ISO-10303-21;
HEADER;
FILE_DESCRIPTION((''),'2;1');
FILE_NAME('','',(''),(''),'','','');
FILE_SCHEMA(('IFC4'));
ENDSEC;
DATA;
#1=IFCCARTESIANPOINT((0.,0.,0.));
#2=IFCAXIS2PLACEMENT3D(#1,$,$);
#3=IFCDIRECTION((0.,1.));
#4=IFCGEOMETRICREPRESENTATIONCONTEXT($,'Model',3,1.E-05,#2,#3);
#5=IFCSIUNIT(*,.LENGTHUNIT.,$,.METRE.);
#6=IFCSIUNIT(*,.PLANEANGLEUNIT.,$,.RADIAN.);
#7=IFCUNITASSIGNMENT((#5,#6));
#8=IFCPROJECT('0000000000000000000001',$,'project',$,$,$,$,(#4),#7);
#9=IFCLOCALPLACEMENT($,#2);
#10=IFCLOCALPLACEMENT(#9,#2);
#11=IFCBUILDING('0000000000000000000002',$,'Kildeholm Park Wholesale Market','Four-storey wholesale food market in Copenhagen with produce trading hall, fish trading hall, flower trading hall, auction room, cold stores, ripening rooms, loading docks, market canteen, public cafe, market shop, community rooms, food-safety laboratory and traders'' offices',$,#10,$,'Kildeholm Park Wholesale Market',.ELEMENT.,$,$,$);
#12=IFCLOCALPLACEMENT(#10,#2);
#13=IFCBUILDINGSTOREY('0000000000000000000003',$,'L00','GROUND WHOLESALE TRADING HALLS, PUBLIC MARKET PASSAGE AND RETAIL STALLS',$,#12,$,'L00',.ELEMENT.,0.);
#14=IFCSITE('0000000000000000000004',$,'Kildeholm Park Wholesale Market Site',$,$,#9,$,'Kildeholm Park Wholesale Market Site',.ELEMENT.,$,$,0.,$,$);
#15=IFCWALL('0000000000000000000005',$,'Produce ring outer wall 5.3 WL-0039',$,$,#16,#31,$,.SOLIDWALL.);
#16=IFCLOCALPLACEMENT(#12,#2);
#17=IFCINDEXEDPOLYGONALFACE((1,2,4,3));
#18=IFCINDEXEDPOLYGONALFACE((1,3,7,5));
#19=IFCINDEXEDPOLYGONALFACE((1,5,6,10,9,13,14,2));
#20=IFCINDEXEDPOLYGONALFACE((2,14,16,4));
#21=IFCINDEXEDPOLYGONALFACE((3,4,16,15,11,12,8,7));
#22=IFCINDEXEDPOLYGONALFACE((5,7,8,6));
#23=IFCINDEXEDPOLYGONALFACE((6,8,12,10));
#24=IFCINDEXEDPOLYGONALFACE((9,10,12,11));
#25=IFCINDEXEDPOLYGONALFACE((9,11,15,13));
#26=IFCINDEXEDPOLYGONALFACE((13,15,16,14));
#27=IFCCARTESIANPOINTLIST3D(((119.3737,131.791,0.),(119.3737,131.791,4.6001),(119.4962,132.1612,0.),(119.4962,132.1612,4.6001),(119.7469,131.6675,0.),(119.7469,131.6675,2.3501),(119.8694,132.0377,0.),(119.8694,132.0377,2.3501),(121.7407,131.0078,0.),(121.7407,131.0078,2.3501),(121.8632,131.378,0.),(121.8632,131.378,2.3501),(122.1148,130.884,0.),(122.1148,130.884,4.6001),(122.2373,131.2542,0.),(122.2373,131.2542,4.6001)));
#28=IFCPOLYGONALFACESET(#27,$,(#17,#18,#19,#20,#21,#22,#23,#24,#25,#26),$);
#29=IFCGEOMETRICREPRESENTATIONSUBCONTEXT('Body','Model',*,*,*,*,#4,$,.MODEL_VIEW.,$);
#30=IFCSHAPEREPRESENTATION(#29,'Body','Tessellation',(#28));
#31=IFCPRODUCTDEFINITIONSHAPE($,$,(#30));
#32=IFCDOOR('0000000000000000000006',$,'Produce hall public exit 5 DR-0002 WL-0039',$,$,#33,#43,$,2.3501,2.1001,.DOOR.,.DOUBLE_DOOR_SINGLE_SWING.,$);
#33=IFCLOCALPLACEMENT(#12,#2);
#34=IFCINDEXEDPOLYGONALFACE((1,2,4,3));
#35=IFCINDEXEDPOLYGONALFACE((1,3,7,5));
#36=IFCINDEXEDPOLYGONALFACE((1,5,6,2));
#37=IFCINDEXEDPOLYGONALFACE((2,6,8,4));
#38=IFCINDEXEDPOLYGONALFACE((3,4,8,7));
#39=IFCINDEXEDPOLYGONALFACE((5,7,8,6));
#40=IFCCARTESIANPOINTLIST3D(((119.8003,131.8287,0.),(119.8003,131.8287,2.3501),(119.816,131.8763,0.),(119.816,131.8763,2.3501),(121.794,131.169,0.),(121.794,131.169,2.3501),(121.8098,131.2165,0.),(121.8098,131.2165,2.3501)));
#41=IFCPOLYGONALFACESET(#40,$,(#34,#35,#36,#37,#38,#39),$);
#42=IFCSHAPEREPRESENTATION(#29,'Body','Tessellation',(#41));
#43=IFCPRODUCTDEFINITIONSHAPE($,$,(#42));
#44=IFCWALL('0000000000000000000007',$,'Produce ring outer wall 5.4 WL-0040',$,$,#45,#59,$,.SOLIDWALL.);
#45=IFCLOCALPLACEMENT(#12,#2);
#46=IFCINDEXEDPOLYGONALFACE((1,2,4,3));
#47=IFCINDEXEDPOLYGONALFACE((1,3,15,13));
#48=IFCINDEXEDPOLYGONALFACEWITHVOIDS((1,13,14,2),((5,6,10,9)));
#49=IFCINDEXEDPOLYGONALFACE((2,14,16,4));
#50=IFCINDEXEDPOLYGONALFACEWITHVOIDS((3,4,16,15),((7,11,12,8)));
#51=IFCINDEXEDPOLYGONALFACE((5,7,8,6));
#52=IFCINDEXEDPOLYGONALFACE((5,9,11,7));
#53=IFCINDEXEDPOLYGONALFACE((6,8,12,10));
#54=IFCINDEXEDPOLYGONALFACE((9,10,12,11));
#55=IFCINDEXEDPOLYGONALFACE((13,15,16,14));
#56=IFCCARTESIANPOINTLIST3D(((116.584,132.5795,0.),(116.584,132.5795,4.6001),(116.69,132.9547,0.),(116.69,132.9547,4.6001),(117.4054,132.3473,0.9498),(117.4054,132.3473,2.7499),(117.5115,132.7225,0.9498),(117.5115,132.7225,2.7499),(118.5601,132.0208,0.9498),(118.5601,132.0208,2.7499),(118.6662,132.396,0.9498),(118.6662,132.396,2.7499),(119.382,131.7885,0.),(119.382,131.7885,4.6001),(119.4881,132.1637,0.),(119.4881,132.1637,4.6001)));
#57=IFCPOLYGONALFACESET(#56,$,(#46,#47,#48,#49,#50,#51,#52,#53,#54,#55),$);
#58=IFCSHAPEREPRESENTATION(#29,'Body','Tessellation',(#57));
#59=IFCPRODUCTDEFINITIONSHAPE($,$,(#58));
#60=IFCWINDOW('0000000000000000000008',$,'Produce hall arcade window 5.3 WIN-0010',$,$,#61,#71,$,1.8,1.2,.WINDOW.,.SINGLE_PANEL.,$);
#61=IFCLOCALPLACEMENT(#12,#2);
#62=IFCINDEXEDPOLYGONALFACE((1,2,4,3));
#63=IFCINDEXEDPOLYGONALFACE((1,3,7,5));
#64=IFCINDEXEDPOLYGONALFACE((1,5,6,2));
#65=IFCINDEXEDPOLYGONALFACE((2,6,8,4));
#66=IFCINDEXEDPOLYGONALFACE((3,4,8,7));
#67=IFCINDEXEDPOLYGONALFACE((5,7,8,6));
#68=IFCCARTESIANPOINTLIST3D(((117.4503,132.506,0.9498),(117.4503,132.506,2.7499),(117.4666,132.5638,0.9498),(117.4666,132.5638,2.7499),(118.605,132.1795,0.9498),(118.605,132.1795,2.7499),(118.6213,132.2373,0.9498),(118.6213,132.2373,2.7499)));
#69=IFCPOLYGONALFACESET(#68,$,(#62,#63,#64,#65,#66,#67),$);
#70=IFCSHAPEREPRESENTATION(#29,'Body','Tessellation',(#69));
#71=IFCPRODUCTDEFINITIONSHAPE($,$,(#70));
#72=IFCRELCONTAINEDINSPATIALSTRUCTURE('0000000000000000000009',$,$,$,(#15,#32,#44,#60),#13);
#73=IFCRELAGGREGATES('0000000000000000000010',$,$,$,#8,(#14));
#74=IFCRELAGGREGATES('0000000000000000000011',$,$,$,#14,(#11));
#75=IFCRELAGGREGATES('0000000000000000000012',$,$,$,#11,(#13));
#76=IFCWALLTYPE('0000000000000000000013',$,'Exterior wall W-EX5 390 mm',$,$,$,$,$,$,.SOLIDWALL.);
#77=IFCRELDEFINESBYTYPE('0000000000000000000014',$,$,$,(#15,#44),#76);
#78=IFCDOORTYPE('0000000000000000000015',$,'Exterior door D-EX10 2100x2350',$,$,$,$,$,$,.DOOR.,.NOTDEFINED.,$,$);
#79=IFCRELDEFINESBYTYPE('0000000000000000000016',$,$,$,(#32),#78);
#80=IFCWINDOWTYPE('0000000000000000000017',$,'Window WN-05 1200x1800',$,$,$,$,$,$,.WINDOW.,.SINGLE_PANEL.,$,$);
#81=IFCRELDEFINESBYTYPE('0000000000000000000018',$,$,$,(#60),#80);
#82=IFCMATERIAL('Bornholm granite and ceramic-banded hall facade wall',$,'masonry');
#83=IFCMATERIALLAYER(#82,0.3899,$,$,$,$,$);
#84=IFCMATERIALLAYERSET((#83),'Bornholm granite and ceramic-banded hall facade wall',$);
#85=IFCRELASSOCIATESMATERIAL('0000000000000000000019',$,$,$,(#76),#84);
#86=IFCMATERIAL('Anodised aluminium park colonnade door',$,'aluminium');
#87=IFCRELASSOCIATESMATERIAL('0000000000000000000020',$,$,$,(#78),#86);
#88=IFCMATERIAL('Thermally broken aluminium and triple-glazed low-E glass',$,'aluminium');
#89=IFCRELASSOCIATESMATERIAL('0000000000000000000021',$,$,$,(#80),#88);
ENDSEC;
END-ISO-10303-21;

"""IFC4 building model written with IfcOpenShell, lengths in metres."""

from ifc_helpers import new_model, si_unit, direction, frame, frame_2d, origin, place, context, subcontext, project, spatial, rectangle, extrude, material, layer, layer_set, type_object, element, fill, save


model = new_model("IFC4")

# Units and contexts
model_context = context("Model", 3, precision=1e-05, world=origin(), true_north=direction((0.0, 1.0)))
body_context = subcontext(model_context, "Body", "Model", "MODEL_VIEW")
ifc_project = project(units=[si_unit("LENGTHUNIT", "METRE"), si_unit("PLANEANGLEUNIT", "RADIAN")], contexts=[model_context])

# Site, building, storey
site_placement = place(None, origin())
site = spatial("IfcSite", under=ifc_project, at=site_placement, Name="Kildeholm Park Wholesale Market Site", LongName="Kildeholm Park Wholesale Market Site", CompositionType="ELEMENT", RefElevation=0.0)
building_placement = place(site_placement, origin())
building = spatial("IfcBuilding", under=site, at=building_placement, Name="Kildeholm Park Wholesale Market", Description="Four-storey wholesale food market in Copenhagen with produce trading hall, fish trading hall, flower trading hall, auction room, cold stores, ripening rooms, loading docks, market canteen, public cafe, market shop, community rooms, food-safety laboratory and traders' offices", LongName="Kildeholm Park Wholesale Market", CompositionType="ELEMENT")
storey_placement = place(building_placement, origin())
storey = spatial("IfcBuildingStorey", under=building, at=storey_placement, Name="L00", Description="GROUND WHOLESALE TRADING HALLS, PUBLIC MARKET PASSAGE AND RETAIL STALLS", LongName="L00", CompositionType="ELEMENT", Elevation=0.0)

# Wall, opening, door
ifc_material_1 = material(Name="Bornholm granite and ceramic-banded hall facade wall", Category="masonry")
ifc_layer_1 = layer(ifc_material_1, 0.3899)
ifc_layer_set_1 = layer_set([ifc_layer_1], Name="Bornholm granite and ceramic-banded hall facade wall")
wall_type_1 = type_object("IfcWallType", Name="Exterior wall W-EX5 390 mm", PredefinedType="SOLIDWALL", material=ifc_layer_set_1)
wall_1_placement = place(storey_placement, frame((122.176, 131.0691, 0.0), z_axis=(0.0, 0.0, 1.0), x_axis=(-0.949374, 0.314147, 0.0)))
wall_1 = element("IfcWall", 1, at=wall_1_placement, inside=storey, type_object=wall_type_1, Name="Produce ring outer wall 5.3 WL-0039", PredefinedType="SOLIDWALL", context=body_context, shape_type="SweptSolid", body=[
    extrude(rectangle(XDim=2.8872, YDim=0.3899, at=frame_2d((1.4436, 0.0))), origin(), (0.0, 0.0, 1.0), 4.6001),
])
opening_1_placement = place(wall_1_placement, frame((0.394, 0.0, 0.0)))
opening_1 = element("IfcOpeningElement", 2, at=opening_1_placement, cuts=wall_1, PredefinedType="OPENING", context=body_context, shape_type="SweptSolid", body=[
    extrude(rectangle(XDim=2.1001, YDim=2.3501, at=frame_2d((1.05, 1.175))), frame((0.0, 0.2048, 0.0), z_axis=(0.0, -1.0, 0.0), x_axis=(1.0, 0.0, 0.0)), (0.0, 0.0, 1.0), 0.4099),
])
ifc_material_2 = material(Name="Anodised aluminium park colonnade door", Category="aluminium")
door_type = type_object("IfcDoorType", Name="Exterior door D-EX10 2100x2350", OperationType="NOTDEFINED", PredefinedType="DOOR", material=ifc_material_2)
door_placement = place(opening_1_placement, frame((2.1001, 0.0, 0.0), z_axis=(0.0, 0.0, 1.0), x_axis=(-1.0, 0.0, 0.0)))
door = element("IfcDoor", 3, at=door_placement, inside=storey, type_object=door_type, Name="Produce hall public exit 5 DR-0002 WL-0039", OperationType="DOUBLE_DOOR_SINGLE_SWING", OverallHeight=2.3501, OverallWidth=2.1001, PredefinedType="DOOR", context=body_context, shape_type="SweptSolid", body=[
    extrude(rectangle(XDim=2.1001, YDim=2.3501, at=frame_2d((1.05, 1.175))), frame((0.0, 0.0249, 0.0), z_axis=(0.0, -1.0, 0.0), x_axis=(1.0, 0.0, 0.0)), (0.0, 0.0, 1.0), 0.05),
])
fill(opening_1, door)

# Wall, opening, window
wall_2_placement = place(storey_placement, frame((119.4351, 131.9761, 0.0), z_axis=(0.0, 0.0, 1.0), x_axis=(-0.962287, 0.272036, 0.0)))
wall_2 = element("IfcWall", 4, at=wall_2_placement, inside=storey, type_object=wall_type_1, Name="Produce ring outer wall 5.4 WL-0040", PredefinedType="SOLIDWALL", context=body_context, shape_type="SweptSolid", body=[
    extrude(rectangle(XDim=2.9077, YDim=0.3899, at=frame_2d((1.4539, 0.0))), origin(), (0.0, 0.0, 1.0), 4.6001),
])
opening_2_placement = place(wall_2_placement, frame((0.854, 0.0, 0.95)))
opening_2 = element("IfcOpeningElement", 5, at=opening_2_placement, cuts=wall_2, PredefinedType="OPENING", context=body_context, shape_type="SweptSolid", body=[
    extrude(rectangle(XDim=1.2, YDim=1.8, at=frame_2d((0.6001, 0.8999))), frame((0.0, 0.2048, 0.0), z_axis=(0.0, -1.0, 0.0), x_axis=(1.0, 0.0, 0.0)), (0.0, 0.0, 1.0), 0.4099),
])
ifc_material_3 = material(Name="Thermally broken aluminium and triple-glazed low-E glass", Category="aluminium")
window_type = type_object("IfcWindowType", Name="Window WN-05 1200x1800", PartitioningType="SINGLE_PANEL", PredefinedType="WINDOW", material=ifc_material_3)
window_placement = place(opening_2_placement, origin())
window = element("IfcWindow", 6, at=window_placement, inside=storey, type_object=window_type, Name="Produce hall arcade window 5.3 WIN-0010", OverallHeight=1.8, OverallWidth=1.2, PartitioningType="SINGLE_PANEL", PredefinedType="WINDOW", context=body_context, shape_type="SweptSolid", body=[
    extrude(rectangle(XDim=1.2, YDim=1.8, at=frame_2d((0.6001, 0.8999))), frame((0.0, 0.03, 0.0), z_axis=(0.0, -1.0, 0.0), x_axis=(1.0, 0.0, 0.0)), (0.0, 0.0, 1.0), 0.0601),
])
fill(opening_2, window)

save(model, "model.ifc")
